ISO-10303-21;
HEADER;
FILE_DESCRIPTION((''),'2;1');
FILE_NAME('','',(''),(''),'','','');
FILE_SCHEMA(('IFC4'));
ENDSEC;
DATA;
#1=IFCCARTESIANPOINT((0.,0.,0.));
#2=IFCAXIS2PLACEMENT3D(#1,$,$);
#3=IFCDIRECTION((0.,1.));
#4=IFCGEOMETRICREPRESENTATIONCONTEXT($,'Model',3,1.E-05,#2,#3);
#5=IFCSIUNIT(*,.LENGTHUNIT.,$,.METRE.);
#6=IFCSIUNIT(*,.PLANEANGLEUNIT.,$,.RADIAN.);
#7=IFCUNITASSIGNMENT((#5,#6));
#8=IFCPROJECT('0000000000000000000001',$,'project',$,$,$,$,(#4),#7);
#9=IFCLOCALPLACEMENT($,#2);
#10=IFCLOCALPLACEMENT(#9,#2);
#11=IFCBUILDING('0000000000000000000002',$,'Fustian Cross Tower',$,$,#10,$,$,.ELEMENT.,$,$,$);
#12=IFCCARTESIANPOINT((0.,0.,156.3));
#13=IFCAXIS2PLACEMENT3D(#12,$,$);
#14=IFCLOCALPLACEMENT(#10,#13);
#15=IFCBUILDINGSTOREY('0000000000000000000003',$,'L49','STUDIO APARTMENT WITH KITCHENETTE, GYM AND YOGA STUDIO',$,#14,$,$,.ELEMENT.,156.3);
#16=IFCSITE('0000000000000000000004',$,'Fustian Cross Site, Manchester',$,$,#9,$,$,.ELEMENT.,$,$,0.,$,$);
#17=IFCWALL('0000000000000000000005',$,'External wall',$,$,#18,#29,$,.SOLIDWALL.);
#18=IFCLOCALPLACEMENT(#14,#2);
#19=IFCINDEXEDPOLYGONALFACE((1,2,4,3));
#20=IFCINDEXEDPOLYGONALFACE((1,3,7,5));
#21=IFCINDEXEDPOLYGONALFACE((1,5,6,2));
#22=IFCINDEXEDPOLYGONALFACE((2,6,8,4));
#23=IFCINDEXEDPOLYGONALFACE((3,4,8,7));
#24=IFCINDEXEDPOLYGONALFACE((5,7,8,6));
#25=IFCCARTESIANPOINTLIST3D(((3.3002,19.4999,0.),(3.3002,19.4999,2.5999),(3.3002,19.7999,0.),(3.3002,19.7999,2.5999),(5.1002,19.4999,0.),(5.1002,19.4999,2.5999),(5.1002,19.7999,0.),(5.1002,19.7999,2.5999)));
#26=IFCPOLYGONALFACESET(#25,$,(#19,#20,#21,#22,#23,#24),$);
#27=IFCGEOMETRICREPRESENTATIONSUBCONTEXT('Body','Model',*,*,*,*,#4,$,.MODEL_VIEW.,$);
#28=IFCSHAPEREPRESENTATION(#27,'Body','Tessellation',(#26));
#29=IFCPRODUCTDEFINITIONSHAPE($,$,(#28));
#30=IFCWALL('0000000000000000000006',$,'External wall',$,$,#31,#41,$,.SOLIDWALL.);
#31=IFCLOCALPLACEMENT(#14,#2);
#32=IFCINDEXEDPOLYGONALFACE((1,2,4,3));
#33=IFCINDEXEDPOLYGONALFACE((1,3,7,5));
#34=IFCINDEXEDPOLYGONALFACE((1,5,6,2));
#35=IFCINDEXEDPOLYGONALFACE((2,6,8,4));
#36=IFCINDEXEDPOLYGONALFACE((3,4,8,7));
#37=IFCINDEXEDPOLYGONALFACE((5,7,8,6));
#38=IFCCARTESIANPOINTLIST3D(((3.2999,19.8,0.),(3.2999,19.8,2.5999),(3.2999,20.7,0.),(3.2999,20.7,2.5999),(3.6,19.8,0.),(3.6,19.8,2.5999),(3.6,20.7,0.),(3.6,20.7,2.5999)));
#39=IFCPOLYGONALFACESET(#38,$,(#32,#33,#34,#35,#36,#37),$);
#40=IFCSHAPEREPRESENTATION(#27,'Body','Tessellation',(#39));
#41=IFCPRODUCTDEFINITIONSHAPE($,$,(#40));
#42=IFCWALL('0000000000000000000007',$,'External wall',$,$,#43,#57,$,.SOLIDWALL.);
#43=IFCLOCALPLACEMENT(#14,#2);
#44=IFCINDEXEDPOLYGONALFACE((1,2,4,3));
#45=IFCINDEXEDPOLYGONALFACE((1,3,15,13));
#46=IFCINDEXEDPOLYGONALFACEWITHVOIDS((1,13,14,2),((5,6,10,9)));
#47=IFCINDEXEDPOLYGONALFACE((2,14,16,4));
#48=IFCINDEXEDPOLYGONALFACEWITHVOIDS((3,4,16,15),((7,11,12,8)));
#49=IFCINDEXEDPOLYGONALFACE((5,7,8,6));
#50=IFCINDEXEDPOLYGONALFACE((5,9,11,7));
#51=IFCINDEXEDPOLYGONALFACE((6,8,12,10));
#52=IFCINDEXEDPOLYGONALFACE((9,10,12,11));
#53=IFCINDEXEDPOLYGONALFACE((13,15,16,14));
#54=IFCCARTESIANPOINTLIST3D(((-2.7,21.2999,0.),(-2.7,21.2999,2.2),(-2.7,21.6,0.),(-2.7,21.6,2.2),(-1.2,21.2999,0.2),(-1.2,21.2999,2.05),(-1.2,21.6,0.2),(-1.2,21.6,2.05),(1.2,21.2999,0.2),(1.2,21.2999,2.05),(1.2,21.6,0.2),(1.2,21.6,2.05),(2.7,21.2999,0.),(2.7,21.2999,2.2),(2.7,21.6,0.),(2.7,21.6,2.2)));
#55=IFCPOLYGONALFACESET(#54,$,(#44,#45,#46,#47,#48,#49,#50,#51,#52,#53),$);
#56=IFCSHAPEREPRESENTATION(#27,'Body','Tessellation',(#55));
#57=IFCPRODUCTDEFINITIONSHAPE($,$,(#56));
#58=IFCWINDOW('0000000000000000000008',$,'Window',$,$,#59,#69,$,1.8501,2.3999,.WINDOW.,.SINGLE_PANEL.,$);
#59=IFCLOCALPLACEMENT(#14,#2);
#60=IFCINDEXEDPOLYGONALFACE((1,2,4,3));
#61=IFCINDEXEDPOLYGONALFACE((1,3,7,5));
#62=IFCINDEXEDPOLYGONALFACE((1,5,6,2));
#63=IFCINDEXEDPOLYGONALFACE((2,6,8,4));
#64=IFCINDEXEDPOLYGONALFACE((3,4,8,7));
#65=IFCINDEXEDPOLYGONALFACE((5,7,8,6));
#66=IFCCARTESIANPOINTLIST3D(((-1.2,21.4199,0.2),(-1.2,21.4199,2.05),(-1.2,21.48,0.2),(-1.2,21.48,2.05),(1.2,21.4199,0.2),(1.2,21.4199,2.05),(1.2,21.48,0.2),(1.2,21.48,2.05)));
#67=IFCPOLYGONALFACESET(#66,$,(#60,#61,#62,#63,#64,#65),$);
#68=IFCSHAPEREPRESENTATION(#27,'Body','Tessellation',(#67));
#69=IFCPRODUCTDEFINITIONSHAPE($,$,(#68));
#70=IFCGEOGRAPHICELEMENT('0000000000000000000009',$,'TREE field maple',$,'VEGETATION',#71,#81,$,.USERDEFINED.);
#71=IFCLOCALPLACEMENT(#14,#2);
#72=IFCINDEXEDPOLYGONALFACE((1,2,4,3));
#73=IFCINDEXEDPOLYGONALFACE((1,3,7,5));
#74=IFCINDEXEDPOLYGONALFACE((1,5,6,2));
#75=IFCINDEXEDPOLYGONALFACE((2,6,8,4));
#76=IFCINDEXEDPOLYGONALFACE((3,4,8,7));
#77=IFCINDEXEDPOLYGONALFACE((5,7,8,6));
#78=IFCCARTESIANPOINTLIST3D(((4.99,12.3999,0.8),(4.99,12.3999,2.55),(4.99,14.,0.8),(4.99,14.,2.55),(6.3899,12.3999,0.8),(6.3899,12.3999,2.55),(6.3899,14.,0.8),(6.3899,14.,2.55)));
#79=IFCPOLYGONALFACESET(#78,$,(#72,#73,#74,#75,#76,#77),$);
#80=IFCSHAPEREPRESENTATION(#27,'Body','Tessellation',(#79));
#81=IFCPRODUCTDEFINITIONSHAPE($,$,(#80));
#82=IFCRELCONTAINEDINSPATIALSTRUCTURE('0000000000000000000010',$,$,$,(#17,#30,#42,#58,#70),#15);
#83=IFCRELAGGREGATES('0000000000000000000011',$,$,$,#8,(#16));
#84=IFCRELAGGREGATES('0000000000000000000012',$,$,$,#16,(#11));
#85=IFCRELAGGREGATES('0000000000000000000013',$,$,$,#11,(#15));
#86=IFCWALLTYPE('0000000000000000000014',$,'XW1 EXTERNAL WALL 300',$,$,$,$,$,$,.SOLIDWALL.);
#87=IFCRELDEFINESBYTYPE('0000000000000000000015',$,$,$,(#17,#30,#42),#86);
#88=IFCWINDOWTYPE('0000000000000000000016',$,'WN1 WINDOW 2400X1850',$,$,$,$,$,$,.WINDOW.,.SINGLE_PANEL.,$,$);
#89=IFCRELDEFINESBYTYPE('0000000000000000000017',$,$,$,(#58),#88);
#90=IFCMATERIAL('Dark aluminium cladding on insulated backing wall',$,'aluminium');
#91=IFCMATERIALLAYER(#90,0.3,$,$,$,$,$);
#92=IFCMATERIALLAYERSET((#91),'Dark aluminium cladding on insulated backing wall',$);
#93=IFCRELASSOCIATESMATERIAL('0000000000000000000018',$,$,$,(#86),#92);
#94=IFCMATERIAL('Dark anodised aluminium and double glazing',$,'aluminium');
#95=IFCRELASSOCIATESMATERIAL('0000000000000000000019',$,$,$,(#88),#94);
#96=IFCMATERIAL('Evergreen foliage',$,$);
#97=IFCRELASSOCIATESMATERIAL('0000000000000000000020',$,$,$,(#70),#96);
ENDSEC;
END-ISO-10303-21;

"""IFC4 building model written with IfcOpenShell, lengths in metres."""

from ifc_helpers import new_model, si_unit, direction, frame, frame_2d, origin, origin_2d, place, context, subcontext, project, spatial, rectangle, extrude, material, layer, layer_set, type_object, element, fill, save


model = new_model("IFC4")

# Units and contexts
model_context = context("Model", 3, precision=1e-05, world=origin(), true_north=direction((0.0, 1.0)))
body_context = subcontext(model_context, "Body", "Model", "MODEL_VIEW")
ifc_project = project(units=[si_unit("LENGTHUNIT", "METRE"), si_unit("PLANEANGLEUNIT", "RADIAN")], contexts=[model_context])

# Site, building, storey
site_placement = place(None, origin())
site = spatial("IfcSite", under=ifc_project, at=site_placement, Name="Fustian Cross Site, Manchester", CompositionType="ELEMENT", RefElevation=0.0)
building_placement = place(site_placement, origin())
building = spatial("IfcBuilding", under=site, at=building_placement, Name="Fustian Cross Tower", CompositionType="ELEMENT")
storey_placement = place(building_placement, frame((0.0, 0.0, 156.3)))
storey = spatial("IfcBuildingStorey", under=building, at=storey_placement, Name="L49", Description="STUDIO APARTMENT WITH KITCHENETTE, GYM AND YOGA STUDIO", CompositionType="ELEMENT", Elevation=156.3)

# Walls
ifc_material_1 = material(Name="Dark aluminium cladding on insulated backing wall", Category="aluminium")
ifc_layer_1 = layer(ifc_material_1, 0.3)
ifc_layer_set_1 = layer_set([ifc_layer_1], Name="Dark aluminium cladding on insulated backing wall")
wall_type_1 = type_object("IfcWallType", Name="XW1 EXTERNAL WALL 300", PredefinedType="SOLIDWALL", material=ifc_layer_set_1)
for number, where, z_axis, x_axis, name in (
    (1, (5.1001, 19.6499, 0.0), (0.0, 0.0, 1.0), (-1.0, 0.0, 0.0), "External wall"),
):
    element("IfcWall", number, at=place(storey_placement, frame(where, z_axis=z_axis, x_axis=x_axis)), inside=storey, type_object=wall_type_1, Name=name, PredefinedType="SOLIDWALL", context=body_context, shape_type="SweptSolid", body=[
        extrude(rectangle(XDim=1.8, YDim=0.3, at=frame_2d((0.8999, 0.0))), origin(), (0.0, 0.0, 1.0), 2.5999),
    ])
wall_1_placement = place(storey_placement, frame((3.45, 19.8, 0.0), z_axis=(0.0, 0.0, 1.0), x_axis=(0.0, 1.0, 0.0)))
element("IfcWall", 2, at=wall_1_placement, inside=storey, type_object=wall_type_1, Name="External wall", PredefinedType="SOLIDWALL", context=body_context, shape_type="SweptSolid", body=[
    extrude(rectangle(XDim=0.8999, YDim=0.3, at=frame_2d((0.45, 0.0))), origin(), (0.0, 0.0, 1.0), 2.5999),
])

# Wall, opening, window
wall_2_placement = place(storey_placement, frame((2.7, 21.45, 0.0), z_axis=(0.0, 0.0, 1.0), x_axis=(-1.0, 0.0, 0.0)))
wall_2 = element("IfcWall", 3, at=wall_2_placement, inside=storey, type_object=wall_type_1, Name="External wall", PredefinedType="SOLIDWALL", context=body_context, shape_type="SweptSolid", body=[
    extrude(rectangle(XDim=5.3999, YDim=0.3, at=frame_2d((2.7, 0.0))), origin(), (0.0, 0.0, 1.0), 2.2),
])
opening_placement = place(wall_2_placement, frame((1.5, 0.0, 0.2)))
opening = element("IfcOpeningElement", 4, at=opening_placement, cuts=wall_2, PredefinedType="OPENING", context=body_context, shape_type="SweptSolid", body=[
    extrude(rectangle(XDim=2.3999, YDim=1.8501, at=frame_2d((1.2, 0.925))), frame((0.0, 0.1599, 0.0), z_axis=(0.0, -1.0, 0.0), x_axis=(1.0, 0.0, 0.0)), (0.0, 0.0, 1.0), 0.3201),
])
ifc_material_2 = material(Name="Dark anodised aluminium and double glazing", Category="aluminium")
window_type = type_object("IfcWindowType", Name="WN1 WINDOW 2400X1850", PartitioningType="SINGLE_PANEL", PredefinedType="WINDOW", material=ifc_material_2)
window_placement = place(opening_placement, origin())
window = element("IfcWindow", 5, at=window_placement, inside=storey, type_object=window_type, Name="Window", OverallHeight=1.8501, OverallWidth=2.3999, PartitioningType="SINGLE_PANEL", PredefinedType="WINDOW", context=body_context, shape_type="SweptSolid", body=[
    extrude(rectangle(XDim=2.3999, YDim=1.8501, at=frame_2d((1.2, 0.925))), frame((0.0, 0.03, 0.0), z_axis=(0.0, -1.0, 0.0), x_axis=(1.0, 0.0, 0.0)), (0.0, 0.0, 1.0), 0.0601),
])
fill(opening, window)

# Geographic element
ifc_material_3 = material(Name="Evergreen foliage")
geographic_element_placement = place(storey_placement, frame((5.6899, 13.2, 0.8), z_axis=(0.0, 0.0, 1.0), x_axis=(1.0, 0.0, 0.0)))
element("IfcGeographicElement", 6, at=geographic_element_placement, inside=storey, material=ifc_material_3, Name="TREE field maple", ObjectType="VEGETATION", PredefinedType="USERDEFINED", context=body_context, shape_type="SweptSolid", body=[
    extrude(rectangle(XDim=1.3999, YDim=1.6001, at=origin_2d()), origin(), (0.0, 0.0, 1.0), 1.75),
])

save(model, "model.ifc")
